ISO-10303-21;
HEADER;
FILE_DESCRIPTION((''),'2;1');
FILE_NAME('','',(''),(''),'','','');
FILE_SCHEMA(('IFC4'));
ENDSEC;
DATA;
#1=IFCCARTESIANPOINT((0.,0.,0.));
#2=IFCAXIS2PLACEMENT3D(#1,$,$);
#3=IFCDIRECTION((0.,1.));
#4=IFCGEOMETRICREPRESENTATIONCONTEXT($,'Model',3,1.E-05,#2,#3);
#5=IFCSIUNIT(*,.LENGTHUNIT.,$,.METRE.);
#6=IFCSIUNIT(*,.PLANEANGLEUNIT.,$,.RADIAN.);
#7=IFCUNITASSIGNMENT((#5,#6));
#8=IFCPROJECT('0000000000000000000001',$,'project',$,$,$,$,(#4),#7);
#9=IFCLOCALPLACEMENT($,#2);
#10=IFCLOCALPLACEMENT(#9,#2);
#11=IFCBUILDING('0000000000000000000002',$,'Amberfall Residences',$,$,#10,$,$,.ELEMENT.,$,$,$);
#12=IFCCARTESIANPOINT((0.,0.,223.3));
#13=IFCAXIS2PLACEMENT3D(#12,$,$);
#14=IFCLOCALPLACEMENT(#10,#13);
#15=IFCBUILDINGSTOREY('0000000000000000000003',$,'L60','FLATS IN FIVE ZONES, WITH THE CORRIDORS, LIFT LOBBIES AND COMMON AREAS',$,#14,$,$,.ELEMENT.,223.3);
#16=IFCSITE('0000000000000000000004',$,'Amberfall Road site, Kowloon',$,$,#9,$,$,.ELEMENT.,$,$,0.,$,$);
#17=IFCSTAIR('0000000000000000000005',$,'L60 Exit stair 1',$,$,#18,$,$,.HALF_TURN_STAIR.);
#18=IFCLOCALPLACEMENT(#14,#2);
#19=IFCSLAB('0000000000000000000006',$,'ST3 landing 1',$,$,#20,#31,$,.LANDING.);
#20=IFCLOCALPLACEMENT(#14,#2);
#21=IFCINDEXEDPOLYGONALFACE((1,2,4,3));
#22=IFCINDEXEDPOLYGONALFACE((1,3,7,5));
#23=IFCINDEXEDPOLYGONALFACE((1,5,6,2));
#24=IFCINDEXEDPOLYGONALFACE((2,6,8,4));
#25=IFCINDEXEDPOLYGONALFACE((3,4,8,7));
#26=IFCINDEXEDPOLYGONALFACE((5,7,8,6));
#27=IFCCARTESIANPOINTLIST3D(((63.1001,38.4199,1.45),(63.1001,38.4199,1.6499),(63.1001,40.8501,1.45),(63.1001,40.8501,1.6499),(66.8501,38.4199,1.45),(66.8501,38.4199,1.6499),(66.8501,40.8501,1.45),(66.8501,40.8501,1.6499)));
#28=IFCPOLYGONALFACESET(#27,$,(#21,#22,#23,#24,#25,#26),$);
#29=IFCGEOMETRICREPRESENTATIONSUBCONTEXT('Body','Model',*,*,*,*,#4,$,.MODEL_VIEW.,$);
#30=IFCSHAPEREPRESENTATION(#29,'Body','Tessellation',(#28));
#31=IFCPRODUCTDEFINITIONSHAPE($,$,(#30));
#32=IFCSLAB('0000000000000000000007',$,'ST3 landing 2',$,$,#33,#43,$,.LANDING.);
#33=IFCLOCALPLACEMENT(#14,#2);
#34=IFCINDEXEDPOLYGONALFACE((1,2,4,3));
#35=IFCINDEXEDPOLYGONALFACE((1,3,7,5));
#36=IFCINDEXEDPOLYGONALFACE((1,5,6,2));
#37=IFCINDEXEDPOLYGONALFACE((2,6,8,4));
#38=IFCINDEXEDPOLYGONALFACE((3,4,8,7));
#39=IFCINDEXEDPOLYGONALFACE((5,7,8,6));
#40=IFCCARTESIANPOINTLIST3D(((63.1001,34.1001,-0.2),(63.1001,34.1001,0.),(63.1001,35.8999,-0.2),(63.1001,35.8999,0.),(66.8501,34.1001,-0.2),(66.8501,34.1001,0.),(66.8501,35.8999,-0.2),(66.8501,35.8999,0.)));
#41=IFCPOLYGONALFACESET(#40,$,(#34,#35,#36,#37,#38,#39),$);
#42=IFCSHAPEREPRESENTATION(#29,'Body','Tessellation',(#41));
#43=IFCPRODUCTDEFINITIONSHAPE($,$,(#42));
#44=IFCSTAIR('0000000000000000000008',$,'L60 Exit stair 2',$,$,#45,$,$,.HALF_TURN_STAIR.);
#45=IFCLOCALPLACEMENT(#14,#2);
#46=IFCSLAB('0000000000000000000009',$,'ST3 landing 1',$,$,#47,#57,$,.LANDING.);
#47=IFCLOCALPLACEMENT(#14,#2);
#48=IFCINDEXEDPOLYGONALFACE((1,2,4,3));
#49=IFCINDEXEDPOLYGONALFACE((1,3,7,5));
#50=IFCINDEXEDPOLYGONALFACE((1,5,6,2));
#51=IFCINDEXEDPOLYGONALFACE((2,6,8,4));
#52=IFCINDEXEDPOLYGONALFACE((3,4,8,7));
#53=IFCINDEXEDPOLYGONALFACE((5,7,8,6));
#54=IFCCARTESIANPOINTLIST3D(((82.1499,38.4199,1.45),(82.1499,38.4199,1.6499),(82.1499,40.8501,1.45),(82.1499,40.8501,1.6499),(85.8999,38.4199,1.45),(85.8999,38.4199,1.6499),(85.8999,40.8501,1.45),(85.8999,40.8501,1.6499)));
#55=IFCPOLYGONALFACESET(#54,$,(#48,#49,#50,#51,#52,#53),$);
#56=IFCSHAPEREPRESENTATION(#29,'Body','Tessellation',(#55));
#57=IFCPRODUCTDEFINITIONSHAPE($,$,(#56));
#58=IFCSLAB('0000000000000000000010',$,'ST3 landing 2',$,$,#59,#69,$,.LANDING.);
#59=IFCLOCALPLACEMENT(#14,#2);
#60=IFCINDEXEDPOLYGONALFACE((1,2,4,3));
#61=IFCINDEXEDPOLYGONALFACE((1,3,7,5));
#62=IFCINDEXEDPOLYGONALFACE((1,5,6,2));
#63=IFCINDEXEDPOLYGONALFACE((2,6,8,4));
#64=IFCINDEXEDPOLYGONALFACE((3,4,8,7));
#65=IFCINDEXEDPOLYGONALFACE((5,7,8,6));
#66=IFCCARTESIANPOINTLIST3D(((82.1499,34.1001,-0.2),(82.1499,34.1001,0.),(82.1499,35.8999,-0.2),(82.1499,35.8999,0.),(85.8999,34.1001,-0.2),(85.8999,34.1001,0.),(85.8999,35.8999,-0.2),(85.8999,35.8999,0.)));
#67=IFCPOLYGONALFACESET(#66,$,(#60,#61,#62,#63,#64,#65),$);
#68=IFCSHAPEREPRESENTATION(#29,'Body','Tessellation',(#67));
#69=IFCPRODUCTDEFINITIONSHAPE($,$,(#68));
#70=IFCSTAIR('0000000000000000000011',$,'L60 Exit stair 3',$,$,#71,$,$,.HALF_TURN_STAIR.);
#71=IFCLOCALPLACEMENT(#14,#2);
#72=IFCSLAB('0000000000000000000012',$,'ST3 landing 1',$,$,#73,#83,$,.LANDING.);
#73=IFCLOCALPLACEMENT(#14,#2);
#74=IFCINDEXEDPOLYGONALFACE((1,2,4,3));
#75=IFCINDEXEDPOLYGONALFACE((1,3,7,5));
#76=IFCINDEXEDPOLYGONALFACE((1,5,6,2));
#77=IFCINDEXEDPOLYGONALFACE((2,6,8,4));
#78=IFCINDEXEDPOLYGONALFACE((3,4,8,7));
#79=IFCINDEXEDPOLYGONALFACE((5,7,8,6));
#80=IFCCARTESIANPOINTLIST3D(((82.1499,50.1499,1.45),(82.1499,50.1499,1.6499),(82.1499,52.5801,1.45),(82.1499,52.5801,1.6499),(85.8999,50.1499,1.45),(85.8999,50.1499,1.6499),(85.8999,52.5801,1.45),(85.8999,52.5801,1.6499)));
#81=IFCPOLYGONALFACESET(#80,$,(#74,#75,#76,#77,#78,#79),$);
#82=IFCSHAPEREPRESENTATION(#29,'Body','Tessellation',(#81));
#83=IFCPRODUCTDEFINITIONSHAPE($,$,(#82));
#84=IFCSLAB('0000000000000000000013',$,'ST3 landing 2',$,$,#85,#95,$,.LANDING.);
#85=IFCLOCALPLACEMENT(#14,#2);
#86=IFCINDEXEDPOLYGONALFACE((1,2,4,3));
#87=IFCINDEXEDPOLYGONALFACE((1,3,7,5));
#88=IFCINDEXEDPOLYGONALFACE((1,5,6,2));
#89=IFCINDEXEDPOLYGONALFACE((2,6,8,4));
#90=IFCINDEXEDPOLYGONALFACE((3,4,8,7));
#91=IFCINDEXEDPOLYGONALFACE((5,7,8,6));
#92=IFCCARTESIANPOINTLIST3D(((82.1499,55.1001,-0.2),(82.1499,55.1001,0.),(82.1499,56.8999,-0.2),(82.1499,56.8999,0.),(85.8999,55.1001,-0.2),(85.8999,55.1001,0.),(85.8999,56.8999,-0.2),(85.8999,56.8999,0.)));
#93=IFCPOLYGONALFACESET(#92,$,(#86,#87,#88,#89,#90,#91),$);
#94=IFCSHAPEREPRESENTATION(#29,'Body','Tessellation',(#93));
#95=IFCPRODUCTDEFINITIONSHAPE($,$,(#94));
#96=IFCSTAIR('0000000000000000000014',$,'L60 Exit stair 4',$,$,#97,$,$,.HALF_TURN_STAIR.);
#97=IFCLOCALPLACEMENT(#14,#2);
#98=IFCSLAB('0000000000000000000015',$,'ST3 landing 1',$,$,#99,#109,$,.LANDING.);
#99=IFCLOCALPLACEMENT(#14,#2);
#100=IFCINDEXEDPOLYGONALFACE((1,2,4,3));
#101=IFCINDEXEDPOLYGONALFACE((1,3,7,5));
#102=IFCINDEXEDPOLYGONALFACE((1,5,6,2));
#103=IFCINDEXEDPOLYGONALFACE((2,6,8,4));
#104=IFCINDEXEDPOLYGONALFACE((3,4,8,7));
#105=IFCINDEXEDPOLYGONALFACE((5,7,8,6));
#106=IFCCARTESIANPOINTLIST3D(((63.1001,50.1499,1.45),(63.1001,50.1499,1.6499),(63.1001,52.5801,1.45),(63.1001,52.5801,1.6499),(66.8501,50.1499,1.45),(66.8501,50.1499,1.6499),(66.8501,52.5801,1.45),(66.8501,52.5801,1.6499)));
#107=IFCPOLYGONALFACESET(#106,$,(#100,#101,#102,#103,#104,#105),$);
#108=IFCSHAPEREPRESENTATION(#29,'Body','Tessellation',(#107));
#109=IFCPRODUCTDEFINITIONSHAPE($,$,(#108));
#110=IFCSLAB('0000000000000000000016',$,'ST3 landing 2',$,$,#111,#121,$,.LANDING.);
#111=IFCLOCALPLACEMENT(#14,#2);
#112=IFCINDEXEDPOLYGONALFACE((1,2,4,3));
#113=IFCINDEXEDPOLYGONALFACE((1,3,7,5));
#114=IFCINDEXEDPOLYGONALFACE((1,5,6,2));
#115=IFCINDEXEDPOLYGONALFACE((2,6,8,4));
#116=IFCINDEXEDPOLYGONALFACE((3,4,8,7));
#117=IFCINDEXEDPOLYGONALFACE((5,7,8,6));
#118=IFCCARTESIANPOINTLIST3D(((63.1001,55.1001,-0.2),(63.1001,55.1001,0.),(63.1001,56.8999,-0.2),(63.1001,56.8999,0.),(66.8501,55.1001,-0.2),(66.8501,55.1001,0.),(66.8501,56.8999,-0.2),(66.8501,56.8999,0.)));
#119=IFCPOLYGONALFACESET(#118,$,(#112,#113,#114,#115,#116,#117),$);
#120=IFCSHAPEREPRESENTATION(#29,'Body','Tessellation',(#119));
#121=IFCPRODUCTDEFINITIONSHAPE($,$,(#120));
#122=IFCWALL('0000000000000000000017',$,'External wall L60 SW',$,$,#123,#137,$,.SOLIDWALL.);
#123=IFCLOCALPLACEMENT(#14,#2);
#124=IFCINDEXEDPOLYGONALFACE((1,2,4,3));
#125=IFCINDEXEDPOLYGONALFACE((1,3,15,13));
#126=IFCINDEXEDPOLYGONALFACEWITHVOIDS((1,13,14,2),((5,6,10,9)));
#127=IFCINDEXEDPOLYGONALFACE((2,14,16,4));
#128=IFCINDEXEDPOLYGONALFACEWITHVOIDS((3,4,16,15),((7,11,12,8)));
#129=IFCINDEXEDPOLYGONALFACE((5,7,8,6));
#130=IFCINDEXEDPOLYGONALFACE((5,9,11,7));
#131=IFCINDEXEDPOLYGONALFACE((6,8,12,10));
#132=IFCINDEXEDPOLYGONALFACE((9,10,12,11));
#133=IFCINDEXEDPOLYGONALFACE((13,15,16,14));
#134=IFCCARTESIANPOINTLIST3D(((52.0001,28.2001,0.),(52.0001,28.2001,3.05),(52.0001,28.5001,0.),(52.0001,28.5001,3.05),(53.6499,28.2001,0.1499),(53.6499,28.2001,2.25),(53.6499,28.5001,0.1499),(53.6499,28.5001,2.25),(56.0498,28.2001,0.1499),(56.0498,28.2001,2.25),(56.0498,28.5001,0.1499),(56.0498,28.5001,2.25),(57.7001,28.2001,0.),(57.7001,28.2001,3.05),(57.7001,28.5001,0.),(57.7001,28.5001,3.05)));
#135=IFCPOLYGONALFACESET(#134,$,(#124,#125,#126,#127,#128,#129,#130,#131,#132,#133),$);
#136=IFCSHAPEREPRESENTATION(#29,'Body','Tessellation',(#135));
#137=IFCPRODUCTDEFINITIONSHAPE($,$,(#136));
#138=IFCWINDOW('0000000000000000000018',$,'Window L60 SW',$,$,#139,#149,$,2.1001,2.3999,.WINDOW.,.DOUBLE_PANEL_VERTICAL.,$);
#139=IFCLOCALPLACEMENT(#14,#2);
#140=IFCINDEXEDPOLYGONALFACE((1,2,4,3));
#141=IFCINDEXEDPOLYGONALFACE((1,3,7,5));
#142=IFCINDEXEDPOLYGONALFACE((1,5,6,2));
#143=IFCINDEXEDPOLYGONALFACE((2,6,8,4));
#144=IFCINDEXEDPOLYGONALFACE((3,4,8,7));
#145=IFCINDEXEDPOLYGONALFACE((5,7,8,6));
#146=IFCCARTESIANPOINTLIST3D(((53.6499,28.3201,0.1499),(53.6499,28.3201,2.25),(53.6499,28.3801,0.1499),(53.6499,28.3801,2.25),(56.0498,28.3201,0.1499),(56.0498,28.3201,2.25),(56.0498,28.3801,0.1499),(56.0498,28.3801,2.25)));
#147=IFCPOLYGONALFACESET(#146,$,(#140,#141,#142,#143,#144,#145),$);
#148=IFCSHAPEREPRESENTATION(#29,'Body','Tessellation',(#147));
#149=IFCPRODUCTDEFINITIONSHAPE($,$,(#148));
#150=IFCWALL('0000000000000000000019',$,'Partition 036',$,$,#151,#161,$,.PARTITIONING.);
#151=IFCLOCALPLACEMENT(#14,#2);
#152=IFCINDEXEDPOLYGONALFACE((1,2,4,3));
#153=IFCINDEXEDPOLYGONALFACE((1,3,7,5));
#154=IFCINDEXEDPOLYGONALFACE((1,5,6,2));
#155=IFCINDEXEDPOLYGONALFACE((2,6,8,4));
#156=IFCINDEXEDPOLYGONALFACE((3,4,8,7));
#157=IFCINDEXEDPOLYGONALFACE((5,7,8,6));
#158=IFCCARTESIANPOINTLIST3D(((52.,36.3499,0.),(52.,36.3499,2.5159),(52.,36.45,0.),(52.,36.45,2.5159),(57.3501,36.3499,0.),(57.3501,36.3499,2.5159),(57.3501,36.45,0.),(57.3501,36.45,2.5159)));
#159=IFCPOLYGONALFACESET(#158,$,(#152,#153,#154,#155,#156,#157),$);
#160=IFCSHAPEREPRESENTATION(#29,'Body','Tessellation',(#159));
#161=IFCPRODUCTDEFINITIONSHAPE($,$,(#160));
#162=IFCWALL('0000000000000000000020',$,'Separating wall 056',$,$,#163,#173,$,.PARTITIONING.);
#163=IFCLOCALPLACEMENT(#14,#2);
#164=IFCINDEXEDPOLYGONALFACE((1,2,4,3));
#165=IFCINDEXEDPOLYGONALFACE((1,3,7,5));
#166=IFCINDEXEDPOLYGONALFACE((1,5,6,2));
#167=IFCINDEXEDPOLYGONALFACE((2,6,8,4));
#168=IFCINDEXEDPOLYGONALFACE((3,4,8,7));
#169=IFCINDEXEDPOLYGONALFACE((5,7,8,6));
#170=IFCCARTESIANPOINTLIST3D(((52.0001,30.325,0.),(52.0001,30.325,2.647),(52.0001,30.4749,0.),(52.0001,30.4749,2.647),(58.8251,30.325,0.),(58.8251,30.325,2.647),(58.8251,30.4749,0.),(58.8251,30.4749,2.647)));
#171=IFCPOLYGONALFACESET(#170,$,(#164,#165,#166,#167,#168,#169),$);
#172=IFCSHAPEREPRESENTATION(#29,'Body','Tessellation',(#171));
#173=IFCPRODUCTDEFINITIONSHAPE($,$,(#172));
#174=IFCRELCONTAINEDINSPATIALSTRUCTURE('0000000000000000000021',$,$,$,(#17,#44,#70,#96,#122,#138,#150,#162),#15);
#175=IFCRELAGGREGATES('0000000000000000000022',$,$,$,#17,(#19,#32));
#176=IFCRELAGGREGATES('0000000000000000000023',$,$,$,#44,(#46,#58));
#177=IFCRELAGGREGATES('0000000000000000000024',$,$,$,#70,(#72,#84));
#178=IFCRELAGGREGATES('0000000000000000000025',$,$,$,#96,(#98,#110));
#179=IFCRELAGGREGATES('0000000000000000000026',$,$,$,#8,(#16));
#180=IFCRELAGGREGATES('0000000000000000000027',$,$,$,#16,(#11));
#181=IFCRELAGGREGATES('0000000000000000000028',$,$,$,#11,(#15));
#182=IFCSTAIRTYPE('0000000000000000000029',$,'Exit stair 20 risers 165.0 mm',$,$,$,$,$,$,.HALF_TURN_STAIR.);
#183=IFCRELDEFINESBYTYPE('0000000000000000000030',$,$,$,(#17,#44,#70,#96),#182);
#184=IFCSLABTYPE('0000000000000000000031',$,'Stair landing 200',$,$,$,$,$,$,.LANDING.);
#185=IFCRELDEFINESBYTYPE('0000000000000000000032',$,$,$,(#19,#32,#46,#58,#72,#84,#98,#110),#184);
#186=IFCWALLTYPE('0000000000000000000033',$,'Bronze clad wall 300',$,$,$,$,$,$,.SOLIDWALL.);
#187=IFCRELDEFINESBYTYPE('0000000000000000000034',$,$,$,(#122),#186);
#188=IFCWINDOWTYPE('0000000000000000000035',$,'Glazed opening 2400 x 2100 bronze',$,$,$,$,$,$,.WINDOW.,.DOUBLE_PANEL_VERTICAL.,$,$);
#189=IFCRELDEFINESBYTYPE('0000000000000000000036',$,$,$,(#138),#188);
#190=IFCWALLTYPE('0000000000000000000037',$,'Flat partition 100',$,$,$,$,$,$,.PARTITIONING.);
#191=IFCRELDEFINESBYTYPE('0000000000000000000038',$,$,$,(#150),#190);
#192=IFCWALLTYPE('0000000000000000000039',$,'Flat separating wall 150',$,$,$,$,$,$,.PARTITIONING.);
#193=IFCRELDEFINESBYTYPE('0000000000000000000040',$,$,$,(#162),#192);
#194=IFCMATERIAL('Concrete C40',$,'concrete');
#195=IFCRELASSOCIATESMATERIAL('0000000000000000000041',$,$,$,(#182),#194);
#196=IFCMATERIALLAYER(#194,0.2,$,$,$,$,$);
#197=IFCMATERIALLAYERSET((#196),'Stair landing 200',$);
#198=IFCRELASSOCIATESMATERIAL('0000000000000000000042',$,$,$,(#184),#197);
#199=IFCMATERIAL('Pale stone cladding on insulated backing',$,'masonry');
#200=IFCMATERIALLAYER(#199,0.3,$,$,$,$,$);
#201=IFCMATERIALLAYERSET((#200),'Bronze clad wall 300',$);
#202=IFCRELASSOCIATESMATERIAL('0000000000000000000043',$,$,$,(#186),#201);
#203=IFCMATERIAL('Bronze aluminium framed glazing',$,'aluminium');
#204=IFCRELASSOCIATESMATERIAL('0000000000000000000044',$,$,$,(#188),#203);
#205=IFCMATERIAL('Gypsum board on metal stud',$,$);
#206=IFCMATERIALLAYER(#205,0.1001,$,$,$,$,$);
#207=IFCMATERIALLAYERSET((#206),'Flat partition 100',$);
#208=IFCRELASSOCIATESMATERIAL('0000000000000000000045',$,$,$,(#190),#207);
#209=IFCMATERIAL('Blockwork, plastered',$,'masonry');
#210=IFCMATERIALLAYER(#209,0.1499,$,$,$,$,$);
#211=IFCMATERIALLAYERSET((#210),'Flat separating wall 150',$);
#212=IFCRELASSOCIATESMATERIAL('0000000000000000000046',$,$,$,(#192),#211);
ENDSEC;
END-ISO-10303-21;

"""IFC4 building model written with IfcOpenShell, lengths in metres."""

from ifc_helpers import new_model, si_unit, direction, frame, frame_2d, origin, place, context, subcontext, project, spatial, polyline, rectangle, outline, extrude, material, layer, layer_set, type_object, element, fill, aggregate, save


model = new_model("IFC4")

# Units and contexts
model_context = context("Model", 3, precision=1e-05, world=origin(), true_north=direction((0.0, 1.0)))
body_context = subcontext(model_context, "Body", "Model", "MODEL_VIEW")
ifc_project = project(units=[si_unit("LENGTHUNIT", "METRE"), si_unit("PLANEANGLEUNIT", "RADIAN")], contexts=[model_context])

# Site, building, storey
site_placement = place(None, origin())
site = spatial("IfcSite", under=ifc_project, at=site_placement, Name="Amberfall Road site, Kowloon", CompositionType="ELEMENT", RefElevation=0.0)
building_placement = place(site_placement, origin())
building = spatial("IfcBuilding", under=site, at=building_placement, Name="Amberfall Residences", CompositionType="ELEMENT")
storey_placement = place(building_placement, frame((0.0, 0.0, 223.3)))
storey = spatial("IfcBuildingStorey", under=building, at=storey_placement, Name="L60", Description="FLATS IN FIVE ZONES, WITH THE CORRIDORS, LIFT LOBBIES AND COMMON AREAS", CompositionType="ELEMENT", Elevation=223.3)

# Stairs, slabs
ifc_material_1 = material(Name="Concrete C40", Category="concrete")
stair_type = type_object("IfcStairType", Name="Exit stair 20 risers 165.0 mm", PredefinedType="HALF_TURN_STAIR", material=ifc_material_1)
stair_1_placement = place(storey_placement, origin())
stair_1 = element("IfcStair", 1, at=stair_1_placement, inside=storey, type_object=stair_type, Name="L60 Exit stair 1", PredefinedType="HALF_TURN_STAIR")
ifc_layer_1 = layer(ifc_material_1, 0.2)
ifc_layer_set_1 = layer_set([ifc_layer_1], Name="Stair landing 200")
slab_type_1 = type_object("IfcSlabType", Name="Stair landing 200", PredefinedType="LANDING", material=ifc_layer_set_1)
slab_1_placement = place(storey_placement, frame((0.0, 0.0, 1.45)))
slab_1 = element("IfcSlab", 2, at=slab_1_placement, type_object=slab_type_1, Name="ST3 landing 1", PredefinedType="LANDING", context=body_context, shape_type="SweptSolid", body=[
    extrude(outline(polyline([(66.8501, 38.4199), (66.8501, 40.8501), (63.1001, 40.8501), (63.1001, 38.4199), (66.8501, 38.4199)])), origin(), (0.0, 0.0, 1.0), 0.2),
])
slab_2_placement = place(storey_placement, frame((0.0, 0.0, -0.2)))
slab_2 = element("IfcSlab", 3, at=slab_2_placement, type_object=slab_type_1, Name="ST3 landing 2", PredefinedType="LANDING", context=body_context, shape_type="SweptSolid", body=[
    extrude(outline(polyline([(66.8501, 34.1001), (66.8501, 35.8999), (63.1001, 35.8999), (63.1001, 34.1001), (66.8501, 34.1001)])), origin(), (0.0, 0.0, 1.0), 0.2),
])
aggregate(stair_1, [slab_1, slab_2])
stair_2_placement = place(storey_placement, origin())
stair_2 = element("IfcStair", 4, at=stair_2_placement, inside=storey, type_object=stair_type, Name="L60 Exit stair 2", PredefinedType="HALF_TURN_STAIR")
slab_3_placement = place(storey_placement, frame((0.0, 0.0, 1.45)))
slab_3 = element("IfcSlab", 5, at=slab_3_placement, type_object=slab_type_1, Name="ST3 landing 1", PredefinedType="LANDING", context=body_context, shape_type="SweptSolid", body=[
    extrude(outline(polyline([(85.8999, 38.4199), (85.8999, 40.8501), (82.1499, 40.8501), (82.1499, 38.4199), (85.8999, 38.4199)])), origin(), (0.0, 0.0, 1.0), 0.2),
])
slab_4_placement = place(storey_placement, frame((0.0, 0.0, -0.2)))
slab_4 = element("IfcSlab", 6, at=slab_4_placement, type_object=slab_type_1, Name="ST3 landing 2", PredefinedType="LANDING", context=body_context, shape_type="SweptSolid", body=[
    extrude(outline(polyline([(85.8999, 34.1001), (85.8999, 35.8999), (82.1499, 35.8999), (82.1499, 34.1001), (85.8999, 34.1001)])), origin(), (0.0, 0.0, 1.0), 0.2),
])
aggregate(stair_2, [slab_3, slab_4])
stair_3_placement = place(storey_placement, origin())
stair_3 = element("IfcStair", 7, at=stair_3_placement, inside=storey, type_object=stair_type, Name="L60 Exit stair 3", PredefinedType="HALF_TURN_STAIR")
slab_5_placement = place(storey_placement, frame((0.0, 0.0, 1.45)))
slab_5 = element("IfcSlab", 8, at=slab_5_placement, type_object=slab_type_1, Name="ST3 landing 1", PredefinedType="LANDING", context=body_context, shape_type="SweptSolid", body=[
    extrude(outline(polyline([(82.1499, 52.5801), (82.1499, 50.1499), (85.8999, 50.1499), (85.8999, 52.5801), (82.1499, 52.5801)])), origin(), (0.0, 0.0, 1.0), 0.2),
])
slab_6_placement = place(storey_placement, frame((0.0, 0.0, -0.2)))
slab_6 = element("IfcSlab", 9, at=slab_6_placement, type_object=slab_type_1, Name="ST3 landing 2", PredefinedType="LANDING", context=body_context, shape_type="SweptSolid", body=[
    extrude(outline(polyline([(82.1499, 56.8999), (82.1499, 55.1001), (85.8999, 55.1001), (85.8999, 56.8999), (82.1499, 56.8999)])), origin(), (0.0, 0.0, 1.0), 0.2),
])
aggregate(stair_3, [slab_5, slab_6])
stair_4_placement = place(storey_placement, origin())
stair_4 = element("IfcStair", 10, at=stair_4_placement, inside=storey, type_object=stair_type, Name="L60 Exit stair 4", PredefinedType="HALF_TURN_STAIR")
slab_7_placement = place(storey_placement, frame((0.0, 0.0, 1.45)))
slab_7 = element("IfcSlab", 11, at=slab_7_placement, type_object=slab_type_1, Name="ST3 landing 1", PredefinedType="LANDING", context=body_context, shape_type="SweptSolid", body=[
    extrude(outline(polyline([(63.1001, 52.5801), (63.1001, 50.1499), (66.8501, 50.1499), (66.8501, 52.5801), (63.1001, 52.5801)])), origin(), (0.0, 0.0, 1.0), 0.2),
])
slab_8_placement = place(storey_placement, frame((0.0, 0.0, -0.2)))
slab_8 = element("IfcSlab", 12, at=slab_8_placement, type_object=slab_type_1, Name="ST3 landing 2", PredefinedType="LANDING", context=body_context, shape_type="SweptSolid", body=[
    extrude(outline(polyline([(63.1001, 56.8999), (63.1001, 55.1001), (66.8501, 55.1001), (66.8501, 56.8999), (63.1001, 56.8999)])), origin(), (0.0, 0.0, 1.0), 0.2),
])
aggregate(stair_4, [slab_7, slab_8])

# Wall, opening, window
ifc_material_2 = material(Name="Pale stone cladding on insulated backing", Category="masonry")
ifc_layer_2 = layer(ifc_material_2, 0.3)
ifc_layer_set_2 = layer_set([ifc_layer_2], Name="Bronze clad wall 300")
wall_type_1 = type_object("IfcWallType", Name="Bronze clad wall 300", PredefinedType="SOLIDWALL", material=ifc_layer_set_2)
wall_1_placement = place(storey_placement, frame((52.0, 28.3501, 0.0), z_axis=(0.0, 0.0, 1.0), x_axis=(1.0, 0.0, 0.0)))
wall_1 = element("IfcWall", 13, at=wall_1_placement, inside=storey, type_object=wall_type_1, Name="External wall L60 SW", PredefinedType="SOLIDWALL", context=body_context, shape_type="SweptSolid", body=[
    extrude(rectangle(XDim=5.7, YDim=0.3, at=frame_2d((2.8501, 0.0))), origin(), (0.0, 0.0, 1.0), 3.05),
])
opening_placement = place(wall_1_placement, frame((1.6499, 0.0, 0.1499)))
opening = element("IfcOpeningElement", 14, at=opening_placement, cuts=wall_1, PredefinedType="OPENING", context=body_context, shape_type="SweptSolid", body=[
    extrude(rectangle(XDim=2.3999, YDim=2.1001, at=frame_2d((1.2, 1.05))), frame((0.0, 0.1599, 0.0), z_axis=(0.0, -1.0, 0.0), x_axis=(1.0, 0.0, 0.0)), (0.0, 0.0, 1.0), 0.3201),
])
ifc_material_3 = material(Name="Bronze aluminium framed glazing", Category="aluminium")
window_type = type_object("IfcWindowType", Name="Glazed opening 2400 x 2100 bronze", PartitioningType="DOUBLE_PANEL_VERTICAL", PredefinedType="WINDOW", material=ifc_material_3)
window_placement = place(opening_placement, origin())
window = element("IfcWindow", 15, at=window_placement, inside=storey, type_object=window_type, Name="Window L60 SW", OverallHeight=2.1001, OverallWidth=2.3999, PartitioningType="DOUBLE_PANEL_VERTICAL", PredefinedType="WINDOW", context=body_context, shape_type="SweptSolid", body=[
    extrude(rectangle(XDim=2.3999, YDim=2.1001, at=frame_2d((1.2, 1.05))), frame((0.0, 0.03, 0.0), z_axis=(0.0, -1.0, 0.0), x_axis=(1.0, 0.0, 0.0)), (0.0, 0.0, 1.0), 0.0601),
])
fill(opening, window)

# Walls
ifc_material_4 = material(Name="Gypsum board on metal stud")
ifc_layer_3 = layer(ifc_material_4, 0.1001)
ifc_layer_set_3 = layer_set([ifc_layer_3], Name="Flat partition 100")
wall_type_2 = type_object("IfcWallType", Name="Flat partition 100", PredefinedType="PARTITIONING", material=ifc_layer_set_3)
wall_2_placement = place(storey_placement, frame((52.0, 36.3999, 0.0), z_axis=(0.0, 0.0, 1.0), x_axis=(1.0, 0.0, 0.0)))
element("IfcWall", 16, at=wall_2_placement, inside=storey, type_object=wall_type_2, Name="Partition 036", PredefinedType="PARTITIONING", context=body_context, shape_type="SweptSolid", body=[
    extrude(rectangle(XDim=5.3501, YDim=0.1001, at=frame_2d((2.675, 0.0))), origin(), (0.0, 0.0, 1.0), 2.5159),
])
ifc_material_5 = material(Name="Blockwork, plastered", Category="masonry")
ifc_layer_4 = layer(ifc_material_5, 0.1499)
ifc_layer_set_4 = layer_set([ifc_layer_4], Name="Flat separating wall 150")
wall_type_3 = type_object("IfcWallType", Name="Flat separating wall 150", PredefinedType="PARTITIONING", material=ifc_layer_set_4)
wall_3_placement = place(storey_placement, frame((52.0, 30.3999, 0.0), z_axis=(0.0, 0.0, 1.0), x_axis=(1.0, 0.0, 0.0)))
element("IfcWall", 17, at=wall_3_placement, inside=storey, type_object=wall_type_3, Name="Separating wall 056", PredefinedType="PARTITIONING", context=body_context, shape_type="SweptSolid", body=[
    extrude(rectangle(XDim=6.825, YDim=0.1499, at=frame_2d((3.4126, 0.0))), origin(), (0.0, 0.0, 1.0), 2.647),
])

save(model, "model.ifc")
